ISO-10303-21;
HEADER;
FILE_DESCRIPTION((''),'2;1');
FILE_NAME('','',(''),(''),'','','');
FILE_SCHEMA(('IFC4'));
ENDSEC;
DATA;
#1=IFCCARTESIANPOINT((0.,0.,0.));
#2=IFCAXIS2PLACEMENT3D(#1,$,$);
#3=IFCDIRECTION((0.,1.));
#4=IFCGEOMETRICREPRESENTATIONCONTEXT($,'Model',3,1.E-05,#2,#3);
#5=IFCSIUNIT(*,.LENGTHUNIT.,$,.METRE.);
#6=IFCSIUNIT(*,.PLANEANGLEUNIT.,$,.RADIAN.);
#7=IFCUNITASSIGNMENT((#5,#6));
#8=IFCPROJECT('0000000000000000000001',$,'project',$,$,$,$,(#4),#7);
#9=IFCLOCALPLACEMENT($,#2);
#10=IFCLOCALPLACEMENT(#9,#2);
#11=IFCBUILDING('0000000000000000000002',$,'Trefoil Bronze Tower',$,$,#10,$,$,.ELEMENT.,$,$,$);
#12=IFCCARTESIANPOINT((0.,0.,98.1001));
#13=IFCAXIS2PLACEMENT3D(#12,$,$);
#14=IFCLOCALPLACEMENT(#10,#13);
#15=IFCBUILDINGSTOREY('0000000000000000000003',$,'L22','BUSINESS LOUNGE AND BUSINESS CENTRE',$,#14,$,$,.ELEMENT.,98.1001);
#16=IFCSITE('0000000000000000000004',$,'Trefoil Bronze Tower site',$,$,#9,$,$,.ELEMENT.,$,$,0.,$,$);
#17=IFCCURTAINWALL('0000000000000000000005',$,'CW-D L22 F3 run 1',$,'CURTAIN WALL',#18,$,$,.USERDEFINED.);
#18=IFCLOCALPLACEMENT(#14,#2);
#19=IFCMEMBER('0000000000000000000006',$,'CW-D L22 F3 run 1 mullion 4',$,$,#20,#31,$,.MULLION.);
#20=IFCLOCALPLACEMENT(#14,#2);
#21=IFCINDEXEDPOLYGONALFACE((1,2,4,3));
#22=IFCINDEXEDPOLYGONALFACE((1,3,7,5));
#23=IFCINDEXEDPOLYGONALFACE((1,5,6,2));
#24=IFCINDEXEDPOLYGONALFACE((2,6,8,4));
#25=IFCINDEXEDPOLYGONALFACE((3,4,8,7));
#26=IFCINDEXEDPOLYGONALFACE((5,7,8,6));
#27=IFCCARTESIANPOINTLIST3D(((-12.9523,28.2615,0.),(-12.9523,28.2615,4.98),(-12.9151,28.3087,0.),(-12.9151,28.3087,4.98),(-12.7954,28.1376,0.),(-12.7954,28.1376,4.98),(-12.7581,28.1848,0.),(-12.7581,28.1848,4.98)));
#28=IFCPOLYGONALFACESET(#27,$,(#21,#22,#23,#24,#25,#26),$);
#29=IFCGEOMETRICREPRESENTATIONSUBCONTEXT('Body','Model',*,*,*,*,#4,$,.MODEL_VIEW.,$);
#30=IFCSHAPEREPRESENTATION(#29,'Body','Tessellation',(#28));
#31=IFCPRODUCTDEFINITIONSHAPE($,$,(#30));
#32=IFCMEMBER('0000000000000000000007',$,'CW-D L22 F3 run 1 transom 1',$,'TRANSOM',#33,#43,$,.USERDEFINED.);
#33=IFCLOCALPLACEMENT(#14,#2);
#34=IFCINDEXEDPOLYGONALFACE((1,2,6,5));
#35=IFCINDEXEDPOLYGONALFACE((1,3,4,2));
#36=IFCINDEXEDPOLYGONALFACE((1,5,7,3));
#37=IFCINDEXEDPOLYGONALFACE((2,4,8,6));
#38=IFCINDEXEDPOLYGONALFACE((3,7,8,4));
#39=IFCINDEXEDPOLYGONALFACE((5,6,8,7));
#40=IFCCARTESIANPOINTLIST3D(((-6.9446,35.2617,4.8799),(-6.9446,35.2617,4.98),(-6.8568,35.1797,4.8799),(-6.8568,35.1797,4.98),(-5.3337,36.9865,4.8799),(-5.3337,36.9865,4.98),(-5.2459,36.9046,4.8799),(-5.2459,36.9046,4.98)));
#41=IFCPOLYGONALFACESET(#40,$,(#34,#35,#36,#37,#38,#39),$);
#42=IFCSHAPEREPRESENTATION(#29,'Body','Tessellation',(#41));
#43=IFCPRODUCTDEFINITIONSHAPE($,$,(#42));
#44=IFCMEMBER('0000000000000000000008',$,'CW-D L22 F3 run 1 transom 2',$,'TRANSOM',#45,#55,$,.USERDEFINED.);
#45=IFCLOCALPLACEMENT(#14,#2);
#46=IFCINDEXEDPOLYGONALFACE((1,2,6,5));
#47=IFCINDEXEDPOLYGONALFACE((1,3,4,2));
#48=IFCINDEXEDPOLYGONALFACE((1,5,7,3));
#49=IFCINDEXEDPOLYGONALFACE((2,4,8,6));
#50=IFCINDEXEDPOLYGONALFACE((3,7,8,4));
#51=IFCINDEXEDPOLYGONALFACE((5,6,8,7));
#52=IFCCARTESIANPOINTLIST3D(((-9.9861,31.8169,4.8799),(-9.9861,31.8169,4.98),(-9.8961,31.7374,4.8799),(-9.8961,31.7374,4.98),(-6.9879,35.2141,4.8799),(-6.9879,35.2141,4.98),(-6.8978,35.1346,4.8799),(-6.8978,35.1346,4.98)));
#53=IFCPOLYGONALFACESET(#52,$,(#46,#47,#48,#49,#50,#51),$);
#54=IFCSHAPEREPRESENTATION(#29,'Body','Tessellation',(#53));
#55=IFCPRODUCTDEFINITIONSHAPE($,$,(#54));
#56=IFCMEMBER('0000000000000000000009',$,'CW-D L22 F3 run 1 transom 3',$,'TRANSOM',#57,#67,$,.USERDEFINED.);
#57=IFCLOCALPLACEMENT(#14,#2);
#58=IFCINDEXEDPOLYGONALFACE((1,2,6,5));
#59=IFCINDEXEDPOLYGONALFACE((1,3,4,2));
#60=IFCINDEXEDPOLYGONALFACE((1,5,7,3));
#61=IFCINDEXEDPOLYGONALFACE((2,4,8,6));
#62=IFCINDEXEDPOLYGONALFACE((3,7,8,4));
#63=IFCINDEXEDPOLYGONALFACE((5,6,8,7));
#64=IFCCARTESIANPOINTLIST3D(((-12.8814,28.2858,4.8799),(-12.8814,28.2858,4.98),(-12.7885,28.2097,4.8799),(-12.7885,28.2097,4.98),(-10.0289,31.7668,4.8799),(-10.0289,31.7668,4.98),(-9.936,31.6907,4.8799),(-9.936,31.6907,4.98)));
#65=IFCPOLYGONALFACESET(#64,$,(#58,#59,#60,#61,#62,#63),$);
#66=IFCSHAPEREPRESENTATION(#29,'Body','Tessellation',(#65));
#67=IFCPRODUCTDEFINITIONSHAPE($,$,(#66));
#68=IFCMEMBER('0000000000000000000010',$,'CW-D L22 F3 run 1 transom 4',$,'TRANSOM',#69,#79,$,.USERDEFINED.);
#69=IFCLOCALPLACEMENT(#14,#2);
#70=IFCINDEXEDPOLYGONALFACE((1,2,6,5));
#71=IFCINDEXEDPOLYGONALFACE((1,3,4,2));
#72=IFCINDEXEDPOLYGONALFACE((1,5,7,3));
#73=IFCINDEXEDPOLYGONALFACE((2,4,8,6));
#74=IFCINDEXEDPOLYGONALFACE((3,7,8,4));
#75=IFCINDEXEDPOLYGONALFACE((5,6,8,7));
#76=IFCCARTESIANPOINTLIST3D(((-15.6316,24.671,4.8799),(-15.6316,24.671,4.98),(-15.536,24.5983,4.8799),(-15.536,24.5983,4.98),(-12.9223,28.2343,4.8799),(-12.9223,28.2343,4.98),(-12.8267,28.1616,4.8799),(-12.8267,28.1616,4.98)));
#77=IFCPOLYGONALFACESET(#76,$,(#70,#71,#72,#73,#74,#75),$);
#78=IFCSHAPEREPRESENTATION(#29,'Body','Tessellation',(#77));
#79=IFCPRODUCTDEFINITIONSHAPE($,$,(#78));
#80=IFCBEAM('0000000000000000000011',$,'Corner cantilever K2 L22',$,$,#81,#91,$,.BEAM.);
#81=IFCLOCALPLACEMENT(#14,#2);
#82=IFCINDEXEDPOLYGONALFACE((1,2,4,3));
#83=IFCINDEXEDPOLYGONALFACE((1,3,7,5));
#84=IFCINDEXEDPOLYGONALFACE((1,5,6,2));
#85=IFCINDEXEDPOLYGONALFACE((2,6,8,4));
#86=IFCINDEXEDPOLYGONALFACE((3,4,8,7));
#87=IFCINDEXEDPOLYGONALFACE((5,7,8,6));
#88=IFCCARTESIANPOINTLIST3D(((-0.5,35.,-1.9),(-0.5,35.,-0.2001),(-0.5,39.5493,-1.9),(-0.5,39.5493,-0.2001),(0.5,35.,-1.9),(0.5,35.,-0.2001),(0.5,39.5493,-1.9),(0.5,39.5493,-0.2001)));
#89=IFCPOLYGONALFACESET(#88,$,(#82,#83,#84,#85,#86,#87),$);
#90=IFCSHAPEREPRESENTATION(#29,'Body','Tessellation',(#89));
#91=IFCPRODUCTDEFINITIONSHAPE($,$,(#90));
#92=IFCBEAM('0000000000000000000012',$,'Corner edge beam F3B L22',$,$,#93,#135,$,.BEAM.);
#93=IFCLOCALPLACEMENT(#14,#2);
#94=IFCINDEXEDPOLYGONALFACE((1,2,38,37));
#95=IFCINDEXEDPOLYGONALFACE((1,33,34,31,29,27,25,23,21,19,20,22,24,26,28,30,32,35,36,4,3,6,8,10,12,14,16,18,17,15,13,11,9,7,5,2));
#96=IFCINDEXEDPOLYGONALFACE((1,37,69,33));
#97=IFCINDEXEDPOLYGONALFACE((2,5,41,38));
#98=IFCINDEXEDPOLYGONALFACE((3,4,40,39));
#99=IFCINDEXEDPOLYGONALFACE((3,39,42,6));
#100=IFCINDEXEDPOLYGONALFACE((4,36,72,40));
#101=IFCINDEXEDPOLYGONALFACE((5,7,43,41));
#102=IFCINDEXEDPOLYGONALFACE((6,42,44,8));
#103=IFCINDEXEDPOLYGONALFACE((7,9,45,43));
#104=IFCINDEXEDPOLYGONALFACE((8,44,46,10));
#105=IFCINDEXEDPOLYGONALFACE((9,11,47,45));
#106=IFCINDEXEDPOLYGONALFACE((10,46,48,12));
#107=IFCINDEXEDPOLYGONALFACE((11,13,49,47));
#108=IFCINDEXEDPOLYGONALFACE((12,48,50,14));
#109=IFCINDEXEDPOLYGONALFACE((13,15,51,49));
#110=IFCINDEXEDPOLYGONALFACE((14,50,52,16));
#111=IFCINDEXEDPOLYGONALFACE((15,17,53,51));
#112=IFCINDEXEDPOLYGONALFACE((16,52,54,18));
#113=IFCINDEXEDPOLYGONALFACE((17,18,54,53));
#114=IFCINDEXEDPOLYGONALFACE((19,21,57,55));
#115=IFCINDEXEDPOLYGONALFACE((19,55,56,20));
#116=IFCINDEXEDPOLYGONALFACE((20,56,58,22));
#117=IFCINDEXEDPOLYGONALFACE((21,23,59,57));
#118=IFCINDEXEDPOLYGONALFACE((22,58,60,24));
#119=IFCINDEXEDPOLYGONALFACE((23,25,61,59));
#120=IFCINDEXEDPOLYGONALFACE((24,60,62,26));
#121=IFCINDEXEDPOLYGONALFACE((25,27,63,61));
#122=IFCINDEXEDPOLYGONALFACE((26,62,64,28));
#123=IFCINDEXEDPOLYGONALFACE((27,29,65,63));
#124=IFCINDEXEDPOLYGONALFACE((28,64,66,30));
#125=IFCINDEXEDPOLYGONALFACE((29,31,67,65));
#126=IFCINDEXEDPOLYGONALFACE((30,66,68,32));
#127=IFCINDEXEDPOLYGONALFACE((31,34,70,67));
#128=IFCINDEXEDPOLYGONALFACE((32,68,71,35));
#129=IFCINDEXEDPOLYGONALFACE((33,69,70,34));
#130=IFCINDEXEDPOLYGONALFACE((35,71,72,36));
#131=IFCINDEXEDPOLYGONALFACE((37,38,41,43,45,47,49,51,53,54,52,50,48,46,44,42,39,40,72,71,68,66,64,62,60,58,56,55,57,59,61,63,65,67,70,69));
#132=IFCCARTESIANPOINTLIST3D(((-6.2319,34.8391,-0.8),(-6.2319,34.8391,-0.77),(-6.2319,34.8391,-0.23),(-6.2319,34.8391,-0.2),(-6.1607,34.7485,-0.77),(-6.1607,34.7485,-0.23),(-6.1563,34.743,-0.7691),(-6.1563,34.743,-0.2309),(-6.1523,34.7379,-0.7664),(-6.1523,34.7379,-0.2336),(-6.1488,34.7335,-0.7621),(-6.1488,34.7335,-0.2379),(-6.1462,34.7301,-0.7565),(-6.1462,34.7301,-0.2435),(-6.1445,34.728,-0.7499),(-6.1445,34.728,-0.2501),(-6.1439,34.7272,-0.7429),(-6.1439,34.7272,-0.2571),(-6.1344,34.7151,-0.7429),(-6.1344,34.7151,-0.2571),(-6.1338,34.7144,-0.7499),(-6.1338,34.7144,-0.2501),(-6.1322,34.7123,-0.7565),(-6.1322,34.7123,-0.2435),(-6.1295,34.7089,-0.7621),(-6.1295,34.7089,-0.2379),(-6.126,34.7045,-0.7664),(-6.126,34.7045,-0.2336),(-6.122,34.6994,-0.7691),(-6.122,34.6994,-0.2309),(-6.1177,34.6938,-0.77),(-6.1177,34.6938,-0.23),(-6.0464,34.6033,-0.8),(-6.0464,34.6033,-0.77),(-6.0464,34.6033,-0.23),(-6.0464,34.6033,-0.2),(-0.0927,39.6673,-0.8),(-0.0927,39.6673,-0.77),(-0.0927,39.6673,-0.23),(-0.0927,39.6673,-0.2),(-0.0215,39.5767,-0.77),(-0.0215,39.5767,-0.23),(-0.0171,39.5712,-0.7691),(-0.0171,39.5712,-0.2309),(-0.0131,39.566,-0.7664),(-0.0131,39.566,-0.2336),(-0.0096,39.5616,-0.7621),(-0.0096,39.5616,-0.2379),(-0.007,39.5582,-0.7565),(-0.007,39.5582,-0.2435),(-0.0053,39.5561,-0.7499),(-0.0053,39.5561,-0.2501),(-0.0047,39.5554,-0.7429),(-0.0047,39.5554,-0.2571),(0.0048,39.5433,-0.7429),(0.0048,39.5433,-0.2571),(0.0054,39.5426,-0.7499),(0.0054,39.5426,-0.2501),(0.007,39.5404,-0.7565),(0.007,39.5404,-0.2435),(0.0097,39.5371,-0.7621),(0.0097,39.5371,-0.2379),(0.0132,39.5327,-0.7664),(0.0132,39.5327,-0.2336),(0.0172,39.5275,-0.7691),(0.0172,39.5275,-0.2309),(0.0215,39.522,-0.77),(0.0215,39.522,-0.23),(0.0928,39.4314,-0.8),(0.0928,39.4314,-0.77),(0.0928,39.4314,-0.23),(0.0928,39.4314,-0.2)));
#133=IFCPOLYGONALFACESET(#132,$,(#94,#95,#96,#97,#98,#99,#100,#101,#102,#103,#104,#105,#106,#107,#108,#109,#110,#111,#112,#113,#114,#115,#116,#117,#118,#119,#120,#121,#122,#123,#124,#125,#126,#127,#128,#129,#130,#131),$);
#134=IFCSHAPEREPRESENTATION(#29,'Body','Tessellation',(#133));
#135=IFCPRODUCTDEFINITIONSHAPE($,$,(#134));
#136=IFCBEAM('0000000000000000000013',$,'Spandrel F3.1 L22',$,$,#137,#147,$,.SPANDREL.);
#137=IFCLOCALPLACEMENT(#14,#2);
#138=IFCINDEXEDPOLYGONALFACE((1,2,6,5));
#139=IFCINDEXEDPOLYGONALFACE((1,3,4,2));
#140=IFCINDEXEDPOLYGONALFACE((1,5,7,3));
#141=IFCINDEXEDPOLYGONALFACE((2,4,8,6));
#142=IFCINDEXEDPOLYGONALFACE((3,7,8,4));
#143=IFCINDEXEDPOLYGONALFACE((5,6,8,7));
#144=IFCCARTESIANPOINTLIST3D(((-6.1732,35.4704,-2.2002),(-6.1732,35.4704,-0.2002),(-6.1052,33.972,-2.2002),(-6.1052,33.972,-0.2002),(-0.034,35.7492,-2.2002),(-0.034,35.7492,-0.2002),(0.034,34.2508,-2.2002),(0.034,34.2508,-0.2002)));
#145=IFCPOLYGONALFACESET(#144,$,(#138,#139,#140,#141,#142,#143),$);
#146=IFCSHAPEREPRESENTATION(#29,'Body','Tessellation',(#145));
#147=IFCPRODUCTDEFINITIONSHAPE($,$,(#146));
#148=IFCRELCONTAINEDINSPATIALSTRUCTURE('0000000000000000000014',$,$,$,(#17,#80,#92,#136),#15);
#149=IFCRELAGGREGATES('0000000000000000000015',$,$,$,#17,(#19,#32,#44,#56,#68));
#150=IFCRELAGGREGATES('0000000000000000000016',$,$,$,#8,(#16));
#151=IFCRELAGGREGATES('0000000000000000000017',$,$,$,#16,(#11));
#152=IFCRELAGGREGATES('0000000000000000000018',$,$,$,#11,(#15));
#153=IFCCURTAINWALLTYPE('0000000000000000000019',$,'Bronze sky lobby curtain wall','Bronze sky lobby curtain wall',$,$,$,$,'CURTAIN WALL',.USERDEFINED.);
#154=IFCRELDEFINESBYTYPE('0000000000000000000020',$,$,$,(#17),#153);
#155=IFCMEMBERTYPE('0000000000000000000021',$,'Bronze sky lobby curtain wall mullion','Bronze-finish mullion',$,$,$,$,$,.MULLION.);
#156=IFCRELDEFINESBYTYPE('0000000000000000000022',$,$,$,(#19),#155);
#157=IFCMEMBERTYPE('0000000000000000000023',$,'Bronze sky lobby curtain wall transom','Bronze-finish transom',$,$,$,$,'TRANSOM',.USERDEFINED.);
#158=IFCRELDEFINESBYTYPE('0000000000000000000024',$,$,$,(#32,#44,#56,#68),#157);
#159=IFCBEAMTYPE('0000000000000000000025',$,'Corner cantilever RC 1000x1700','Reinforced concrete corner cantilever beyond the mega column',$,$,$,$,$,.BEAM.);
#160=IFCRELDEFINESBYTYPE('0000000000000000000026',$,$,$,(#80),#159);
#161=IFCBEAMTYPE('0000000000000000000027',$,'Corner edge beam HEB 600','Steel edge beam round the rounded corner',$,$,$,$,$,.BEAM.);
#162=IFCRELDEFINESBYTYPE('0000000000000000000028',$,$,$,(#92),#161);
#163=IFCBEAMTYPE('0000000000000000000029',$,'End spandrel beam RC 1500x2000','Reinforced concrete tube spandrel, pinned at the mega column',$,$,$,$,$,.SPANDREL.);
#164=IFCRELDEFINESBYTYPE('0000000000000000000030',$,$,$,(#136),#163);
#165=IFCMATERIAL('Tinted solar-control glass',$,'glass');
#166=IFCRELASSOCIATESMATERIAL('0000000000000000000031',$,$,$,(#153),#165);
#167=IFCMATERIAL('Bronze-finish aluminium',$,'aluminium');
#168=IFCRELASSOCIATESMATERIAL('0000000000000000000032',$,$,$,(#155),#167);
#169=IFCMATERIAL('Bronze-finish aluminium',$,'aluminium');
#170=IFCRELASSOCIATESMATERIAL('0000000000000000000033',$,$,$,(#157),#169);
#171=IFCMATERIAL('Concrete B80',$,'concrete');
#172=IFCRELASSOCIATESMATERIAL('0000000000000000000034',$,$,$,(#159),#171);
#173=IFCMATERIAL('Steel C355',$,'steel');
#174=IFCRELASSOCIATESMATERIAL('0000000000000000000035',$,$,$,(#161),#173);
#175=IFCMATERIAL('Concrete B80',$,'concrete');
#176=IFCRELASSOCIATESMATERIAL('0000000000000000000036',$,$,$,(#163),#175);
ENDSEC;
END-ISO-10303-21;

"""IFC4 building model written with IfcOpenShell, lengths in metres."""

from ifc_helpers import new_model, si_unit, direction, frame, origin, origin_2d, place, context, subcontext, project, spatial, rectangle, i_section, extrude, material, material_profile, profile_set, type_object, element, aggregate, save


model = new_model("IFC4")

# Units and contexts
model_context = context("Model", 3, precision=1e-05, world=origin(), true_north=direction((0.0, 1.0)))
body_context = subcontext(model_context, "Body", "Model", "MODEL_VIEW")
ifc_project = project(units=[si_unit("LENGTHUNIT", "METRE"), si_unit("PLANEANGLEUNIT", "RADIAN")], contexts=[model_context])

# Site, building, storey
site_placement = place(None, origin())
site = spatial("IfcSite", under=ifc_project, at=site_placement, Name="Trefoil Bronze Tower site", CompositionType="ELEMENT", RefElevation=0.0)
building_placement = place(site_placement, origin())
building = spatial("IfcBuilding", under=site, at=building_placement, Name="Trefoil Bronze Tower", CompositionType="ELEMENT")
storey_placement = place(building_placement, frame((0.0, 0.0, 98.1001)))
storey = spatial("IfcBuildingStorey", under=building, at=storey_placement, Name="L22", Description="BUSINESS LOUNGE AND BUSINESS CENTRE", CompositionType="ELEMENT", Elevation=98.1001)

# Curtain wall, members
ifc_material_1 = material(Name="Tinted solar-control glass", Category="glass")
curtain_wall_type_1 = type_object("IfcCurtainWallType", Name="Bronze sky lobby curtain wall", Description="Bronze sky lobby curtain wall", ElementType="CURTAIN WALL", PredefinedType="USERDEFINED", material=ifc_material_1)
curtain_wall_1_placement = place(storey_placement, origin())
curtain_wall_1 = element("IfcCurtainWall", 1, at=curtain_wall_1_placement, inside=storey, type_object=curtain_wall_type_1, Name="CW-D L22 F3 run 1", ObjectType="CURTAIN WALL", PredefinedType="USERDEFINED")
ifc_material_2 = material(Name="Bronze-finish aluminium", Category="aluminium")
ifc_material_profile_1 = material_profile(ifc_material_2, rectangle(XDim=0.2, YDim=0.0601, at=origin_2d()), Name="CW-D mullion")
ifc_profile_set_1 = profile_set([ifc_material_profile_1], Name="Bronze-finish aluminium")
member_type_1 = type_object("IfcMemberType", Name="Bronze sky lobby curtain wall mullion", Description="Bronze-finish mullion", PredefinedType="MULLION", material=ifc_profile_set_1)
member_1_placement = place(storey_placement, frame((-12.8552, 28.2231, 0.0), z_axis=(0.0, 0.0, 1.0), x_axis=(0.784879, -0.619649, 0.0)))
member_1 = element("IfcMember", 2, at=member_1_placement, type_object=member_type_1, Name="CW-D L22 F3 run 1 mullion 4", PredefinedType="MULLION", context=body_context, shape_type="SweptSolid", body=[
    extrude(rectangle(XDim=0.2, YDim=0.0601, at=origin_2d()), origin(), (0.0, 0.0, 1.0), 4.98),
])
ifc_material_3 = material(Name="Bronze-finish aluminium", Category="aluminium")
ifc_material_profile_2 = material_profile(ifc_material_3, rectangle(XDim=0.1201, YDim=0.1001, at=origin_2d()), Name="CW-D transom")
ifc_profile_set_2 = profile_set([ifc_material_profile_2], Name="Bronze-finish aluminium")
member_type_2 = type_object("IfcMemberType", Name="Bronze sky lobby curtain wall transom", Description="Bronze-finish transom", ElementType="TRANSOM", PredefinedType="USERDEFINED", material=ifc_profile_set_2)
member_2_placement = place(storey_placement, frame((-5.2898, 36.9456, 4.9299), z_axis=(-0.682539, -0.730849, 0.0), x_axis=(0.730849, -0.682539, 0.0)))
member_2 = element("IfcMember", 3, at=member_2_placement, type_object=member_type_2, Name="CW-D L22 F3 run 1 transom 1", ObjectType="TRANSOM", PredefinedType="USERDEFINED", context=body_context, shape_type="SweptSolid", body=[
    extrude(rectangle(XDim=0.1201, YDim=0.1001, at=origin_2d()), origin(), (0.0, 0.0, 1.0), 2.3601),
])
member_3_placement = place(storey_placement, frame((-6.9429, 35.1743, 4.9299), z_axis=(-0.661714, -0.749756, 0.0), x_axis=(0.749756, -0.661714, 0.0)))
member_3 = element("IfcMember", 4, at=member_3_placement, type_object=member_type_2, Name="CW-D L22 F3 run 1 transom 2", ObjectType="TRANSOM", PredefinedType="USERDEFINED", context=body_context, shape_type="SweptSolid", body=[
    extrude(rectangle(XDim=0.1201, YDim=0.1001, at=origin_2d()), origin(), (0.0, 0.0, 1.0), 4.531),
])
member_4_placement = place(storey_placement, frame((-9.9824, 31.7288, 4.9299), z_axis=(-0.633834, -0.773469, 0.0), x_axis=(0.773469, -0.633834, 0.0)))
member_4 = element("IfcMember", 5, at=member_4_placement, type_object=member_type_2, Name="CW-D L22 F3 run 1 transom 3", ObjectType="TRANSOM", PredefinedType="USERDEFINED", context=body_context, shape_type="SweptSolid", body=[
    extrude(rectangle(XDim=0.1201, YDim=0.1001, at=origin_2d()), origin(), (0.0, 0.0, 1.0), 4.5005),
])
member_5_placement = place(storey_placement, frame((-12.8745, 28.198, 4.9299), z_axis=(-0.605249, -0.796036, 0.0), x_axis=(0.796036, -0.605249, 0.0)))
member_5 = element("IfcMember", 6, at=member_5_placement, type_object=member_type_2, Name="CW-D L22 F3 run 1 transom 4", ObjectType="TRANSOM", PredefinedType="USERDEFINED", context=body_context, shape_type="SweptSolid", body=[
    extrude(rectangle(XDim=0.1201, YDim=0.1001, at=origin_2d()), origin(), (0.0, 0.0, 1.0), 4.4763),
])

# Beams
ifc_material_4 = material(Name="Concrete B80", Category="concrete")
ifc_material_profile_3 = material_profile(ifc_material_4, rectangle(XDim=1.0, YDim=1.7, at=origin_2d()), Name="RC 1000x1700")
ifc_profile_set_3 = profile_set([ifc_material_profile_3], Name="Concrete B80")
beam_type_1 = type_object("IfcBeamType", Name="Corner cantilever RC 1000x1700", Description="Reinforced concrete corner cantilever beyond the mega column", PredefinedType="BEAM", material=ifc_profile_set_3)
beam_1_placement = place(storey_placement, frame((0.0, 35.0, -1.05), z_axis=(0.0, 1.0, 0.0), x_axis=(-1.0, 0.0, 0.0)))
element("IfcBeam", 7, at=beam_1_placement, inside=storey, type_object=beam_type_1, Name="Corner cantilever K2 L22", PredefinedType="BEAM", context=body_context, shape_type="SweptSolid", body=[
    extrude(rectangle(XDim=1.0, YDim=1.7, at=origin_2d()), origin(), (0.0, 0.0, 1.0), 4.5493),
])
ifc_material_5 = material(Name="Steel C355", Category="steel")
ifc_material_profile_4 = material_profile(ifc_material_5, i_section(OverallWidth=0.3, OverallDepth=0.6001, WebThickness=0.0154, FlangeThickness=0.03, FilletRadius=0.0271, at=origin_2d()), Name="HEB 600")
ifc_profile_set_4 = profile_set([ifc_material_profile_4], Name="Steel C355")
beam_type_2 = type_object("IfcBeamType", Name="Corner edge beam HEB 600", Description="Steel edge beam round the rounded corner", PredefinedType="BEAM", material=ifc_profile_set_4)
beam_2_placement = place(storey_placement, frame((-6.1392, 34.7212, -0.5), z_axis=(0.786038, 0.618178, 0.0), x_axis=(-0.618178, 0.786038, 0.0)))
element("IfcBeam", 8, at=beam_2_placement, inside=storey, type_object=beam_type_2, Name="Corner edge beam F3B L22", PredefinedType="BEAM", context=body_context, shape_type="SweptSolid", body=[
    extrude(i_section(OverallWidth=0.3, OverallDepth=0.6001, WebThickness=0.0154, FlangeThickness=0.03, FilletRadius=0.0271, at=origin_2d()), origin(), (0.0, 0.0, 1.0), 7.8103),
])
ifc_material_6 = material(Name="Concrete B80", Category="concrete")
ifc_material_profile_5 = material_profile(ifc_material_6, rectangle(XDim=1.5, YDim=2.0, at=origin_2d()), Name="RC 1500x2000")
ifc_profile_set_5 = profile_set([ifc_material_profile_5], Name="Concrete B80")
beam_type_3 = type_object("IfcBeamType", Name="End spandrel beam RC 1500x2000", Description="Reinforced concrete tube spandrel, pinned at the mega column", PredefinedType="SPANDREL", material=ifc_profile_set_5)
beam_3_placement = place(storey_placement, frame((0.0, 35.0, -1.2002), z_axis=(-0.99897, -0.045368, 0.0), x_axis=(0.045368, -0.99897, 0.0)))
element("IfcBeam", 9, at=beam_3_placement, inside=storey, type_object=beam_type_3, Name="Spandrel F3.1 L22", PredefinedType="SPANDREL", context=body_context, shape_type="SweptSolid", body=[
    extrude(rectangle(XDim=1.5, YDim=2.0, at=origin_2d()), origin(), (0.0, 0.0, 1.0), 6.1455),
])

aggregate(curtain_wall_1, [member_1, member_2, member_3, member_4, member_5])

save(model, "model.ifc")
